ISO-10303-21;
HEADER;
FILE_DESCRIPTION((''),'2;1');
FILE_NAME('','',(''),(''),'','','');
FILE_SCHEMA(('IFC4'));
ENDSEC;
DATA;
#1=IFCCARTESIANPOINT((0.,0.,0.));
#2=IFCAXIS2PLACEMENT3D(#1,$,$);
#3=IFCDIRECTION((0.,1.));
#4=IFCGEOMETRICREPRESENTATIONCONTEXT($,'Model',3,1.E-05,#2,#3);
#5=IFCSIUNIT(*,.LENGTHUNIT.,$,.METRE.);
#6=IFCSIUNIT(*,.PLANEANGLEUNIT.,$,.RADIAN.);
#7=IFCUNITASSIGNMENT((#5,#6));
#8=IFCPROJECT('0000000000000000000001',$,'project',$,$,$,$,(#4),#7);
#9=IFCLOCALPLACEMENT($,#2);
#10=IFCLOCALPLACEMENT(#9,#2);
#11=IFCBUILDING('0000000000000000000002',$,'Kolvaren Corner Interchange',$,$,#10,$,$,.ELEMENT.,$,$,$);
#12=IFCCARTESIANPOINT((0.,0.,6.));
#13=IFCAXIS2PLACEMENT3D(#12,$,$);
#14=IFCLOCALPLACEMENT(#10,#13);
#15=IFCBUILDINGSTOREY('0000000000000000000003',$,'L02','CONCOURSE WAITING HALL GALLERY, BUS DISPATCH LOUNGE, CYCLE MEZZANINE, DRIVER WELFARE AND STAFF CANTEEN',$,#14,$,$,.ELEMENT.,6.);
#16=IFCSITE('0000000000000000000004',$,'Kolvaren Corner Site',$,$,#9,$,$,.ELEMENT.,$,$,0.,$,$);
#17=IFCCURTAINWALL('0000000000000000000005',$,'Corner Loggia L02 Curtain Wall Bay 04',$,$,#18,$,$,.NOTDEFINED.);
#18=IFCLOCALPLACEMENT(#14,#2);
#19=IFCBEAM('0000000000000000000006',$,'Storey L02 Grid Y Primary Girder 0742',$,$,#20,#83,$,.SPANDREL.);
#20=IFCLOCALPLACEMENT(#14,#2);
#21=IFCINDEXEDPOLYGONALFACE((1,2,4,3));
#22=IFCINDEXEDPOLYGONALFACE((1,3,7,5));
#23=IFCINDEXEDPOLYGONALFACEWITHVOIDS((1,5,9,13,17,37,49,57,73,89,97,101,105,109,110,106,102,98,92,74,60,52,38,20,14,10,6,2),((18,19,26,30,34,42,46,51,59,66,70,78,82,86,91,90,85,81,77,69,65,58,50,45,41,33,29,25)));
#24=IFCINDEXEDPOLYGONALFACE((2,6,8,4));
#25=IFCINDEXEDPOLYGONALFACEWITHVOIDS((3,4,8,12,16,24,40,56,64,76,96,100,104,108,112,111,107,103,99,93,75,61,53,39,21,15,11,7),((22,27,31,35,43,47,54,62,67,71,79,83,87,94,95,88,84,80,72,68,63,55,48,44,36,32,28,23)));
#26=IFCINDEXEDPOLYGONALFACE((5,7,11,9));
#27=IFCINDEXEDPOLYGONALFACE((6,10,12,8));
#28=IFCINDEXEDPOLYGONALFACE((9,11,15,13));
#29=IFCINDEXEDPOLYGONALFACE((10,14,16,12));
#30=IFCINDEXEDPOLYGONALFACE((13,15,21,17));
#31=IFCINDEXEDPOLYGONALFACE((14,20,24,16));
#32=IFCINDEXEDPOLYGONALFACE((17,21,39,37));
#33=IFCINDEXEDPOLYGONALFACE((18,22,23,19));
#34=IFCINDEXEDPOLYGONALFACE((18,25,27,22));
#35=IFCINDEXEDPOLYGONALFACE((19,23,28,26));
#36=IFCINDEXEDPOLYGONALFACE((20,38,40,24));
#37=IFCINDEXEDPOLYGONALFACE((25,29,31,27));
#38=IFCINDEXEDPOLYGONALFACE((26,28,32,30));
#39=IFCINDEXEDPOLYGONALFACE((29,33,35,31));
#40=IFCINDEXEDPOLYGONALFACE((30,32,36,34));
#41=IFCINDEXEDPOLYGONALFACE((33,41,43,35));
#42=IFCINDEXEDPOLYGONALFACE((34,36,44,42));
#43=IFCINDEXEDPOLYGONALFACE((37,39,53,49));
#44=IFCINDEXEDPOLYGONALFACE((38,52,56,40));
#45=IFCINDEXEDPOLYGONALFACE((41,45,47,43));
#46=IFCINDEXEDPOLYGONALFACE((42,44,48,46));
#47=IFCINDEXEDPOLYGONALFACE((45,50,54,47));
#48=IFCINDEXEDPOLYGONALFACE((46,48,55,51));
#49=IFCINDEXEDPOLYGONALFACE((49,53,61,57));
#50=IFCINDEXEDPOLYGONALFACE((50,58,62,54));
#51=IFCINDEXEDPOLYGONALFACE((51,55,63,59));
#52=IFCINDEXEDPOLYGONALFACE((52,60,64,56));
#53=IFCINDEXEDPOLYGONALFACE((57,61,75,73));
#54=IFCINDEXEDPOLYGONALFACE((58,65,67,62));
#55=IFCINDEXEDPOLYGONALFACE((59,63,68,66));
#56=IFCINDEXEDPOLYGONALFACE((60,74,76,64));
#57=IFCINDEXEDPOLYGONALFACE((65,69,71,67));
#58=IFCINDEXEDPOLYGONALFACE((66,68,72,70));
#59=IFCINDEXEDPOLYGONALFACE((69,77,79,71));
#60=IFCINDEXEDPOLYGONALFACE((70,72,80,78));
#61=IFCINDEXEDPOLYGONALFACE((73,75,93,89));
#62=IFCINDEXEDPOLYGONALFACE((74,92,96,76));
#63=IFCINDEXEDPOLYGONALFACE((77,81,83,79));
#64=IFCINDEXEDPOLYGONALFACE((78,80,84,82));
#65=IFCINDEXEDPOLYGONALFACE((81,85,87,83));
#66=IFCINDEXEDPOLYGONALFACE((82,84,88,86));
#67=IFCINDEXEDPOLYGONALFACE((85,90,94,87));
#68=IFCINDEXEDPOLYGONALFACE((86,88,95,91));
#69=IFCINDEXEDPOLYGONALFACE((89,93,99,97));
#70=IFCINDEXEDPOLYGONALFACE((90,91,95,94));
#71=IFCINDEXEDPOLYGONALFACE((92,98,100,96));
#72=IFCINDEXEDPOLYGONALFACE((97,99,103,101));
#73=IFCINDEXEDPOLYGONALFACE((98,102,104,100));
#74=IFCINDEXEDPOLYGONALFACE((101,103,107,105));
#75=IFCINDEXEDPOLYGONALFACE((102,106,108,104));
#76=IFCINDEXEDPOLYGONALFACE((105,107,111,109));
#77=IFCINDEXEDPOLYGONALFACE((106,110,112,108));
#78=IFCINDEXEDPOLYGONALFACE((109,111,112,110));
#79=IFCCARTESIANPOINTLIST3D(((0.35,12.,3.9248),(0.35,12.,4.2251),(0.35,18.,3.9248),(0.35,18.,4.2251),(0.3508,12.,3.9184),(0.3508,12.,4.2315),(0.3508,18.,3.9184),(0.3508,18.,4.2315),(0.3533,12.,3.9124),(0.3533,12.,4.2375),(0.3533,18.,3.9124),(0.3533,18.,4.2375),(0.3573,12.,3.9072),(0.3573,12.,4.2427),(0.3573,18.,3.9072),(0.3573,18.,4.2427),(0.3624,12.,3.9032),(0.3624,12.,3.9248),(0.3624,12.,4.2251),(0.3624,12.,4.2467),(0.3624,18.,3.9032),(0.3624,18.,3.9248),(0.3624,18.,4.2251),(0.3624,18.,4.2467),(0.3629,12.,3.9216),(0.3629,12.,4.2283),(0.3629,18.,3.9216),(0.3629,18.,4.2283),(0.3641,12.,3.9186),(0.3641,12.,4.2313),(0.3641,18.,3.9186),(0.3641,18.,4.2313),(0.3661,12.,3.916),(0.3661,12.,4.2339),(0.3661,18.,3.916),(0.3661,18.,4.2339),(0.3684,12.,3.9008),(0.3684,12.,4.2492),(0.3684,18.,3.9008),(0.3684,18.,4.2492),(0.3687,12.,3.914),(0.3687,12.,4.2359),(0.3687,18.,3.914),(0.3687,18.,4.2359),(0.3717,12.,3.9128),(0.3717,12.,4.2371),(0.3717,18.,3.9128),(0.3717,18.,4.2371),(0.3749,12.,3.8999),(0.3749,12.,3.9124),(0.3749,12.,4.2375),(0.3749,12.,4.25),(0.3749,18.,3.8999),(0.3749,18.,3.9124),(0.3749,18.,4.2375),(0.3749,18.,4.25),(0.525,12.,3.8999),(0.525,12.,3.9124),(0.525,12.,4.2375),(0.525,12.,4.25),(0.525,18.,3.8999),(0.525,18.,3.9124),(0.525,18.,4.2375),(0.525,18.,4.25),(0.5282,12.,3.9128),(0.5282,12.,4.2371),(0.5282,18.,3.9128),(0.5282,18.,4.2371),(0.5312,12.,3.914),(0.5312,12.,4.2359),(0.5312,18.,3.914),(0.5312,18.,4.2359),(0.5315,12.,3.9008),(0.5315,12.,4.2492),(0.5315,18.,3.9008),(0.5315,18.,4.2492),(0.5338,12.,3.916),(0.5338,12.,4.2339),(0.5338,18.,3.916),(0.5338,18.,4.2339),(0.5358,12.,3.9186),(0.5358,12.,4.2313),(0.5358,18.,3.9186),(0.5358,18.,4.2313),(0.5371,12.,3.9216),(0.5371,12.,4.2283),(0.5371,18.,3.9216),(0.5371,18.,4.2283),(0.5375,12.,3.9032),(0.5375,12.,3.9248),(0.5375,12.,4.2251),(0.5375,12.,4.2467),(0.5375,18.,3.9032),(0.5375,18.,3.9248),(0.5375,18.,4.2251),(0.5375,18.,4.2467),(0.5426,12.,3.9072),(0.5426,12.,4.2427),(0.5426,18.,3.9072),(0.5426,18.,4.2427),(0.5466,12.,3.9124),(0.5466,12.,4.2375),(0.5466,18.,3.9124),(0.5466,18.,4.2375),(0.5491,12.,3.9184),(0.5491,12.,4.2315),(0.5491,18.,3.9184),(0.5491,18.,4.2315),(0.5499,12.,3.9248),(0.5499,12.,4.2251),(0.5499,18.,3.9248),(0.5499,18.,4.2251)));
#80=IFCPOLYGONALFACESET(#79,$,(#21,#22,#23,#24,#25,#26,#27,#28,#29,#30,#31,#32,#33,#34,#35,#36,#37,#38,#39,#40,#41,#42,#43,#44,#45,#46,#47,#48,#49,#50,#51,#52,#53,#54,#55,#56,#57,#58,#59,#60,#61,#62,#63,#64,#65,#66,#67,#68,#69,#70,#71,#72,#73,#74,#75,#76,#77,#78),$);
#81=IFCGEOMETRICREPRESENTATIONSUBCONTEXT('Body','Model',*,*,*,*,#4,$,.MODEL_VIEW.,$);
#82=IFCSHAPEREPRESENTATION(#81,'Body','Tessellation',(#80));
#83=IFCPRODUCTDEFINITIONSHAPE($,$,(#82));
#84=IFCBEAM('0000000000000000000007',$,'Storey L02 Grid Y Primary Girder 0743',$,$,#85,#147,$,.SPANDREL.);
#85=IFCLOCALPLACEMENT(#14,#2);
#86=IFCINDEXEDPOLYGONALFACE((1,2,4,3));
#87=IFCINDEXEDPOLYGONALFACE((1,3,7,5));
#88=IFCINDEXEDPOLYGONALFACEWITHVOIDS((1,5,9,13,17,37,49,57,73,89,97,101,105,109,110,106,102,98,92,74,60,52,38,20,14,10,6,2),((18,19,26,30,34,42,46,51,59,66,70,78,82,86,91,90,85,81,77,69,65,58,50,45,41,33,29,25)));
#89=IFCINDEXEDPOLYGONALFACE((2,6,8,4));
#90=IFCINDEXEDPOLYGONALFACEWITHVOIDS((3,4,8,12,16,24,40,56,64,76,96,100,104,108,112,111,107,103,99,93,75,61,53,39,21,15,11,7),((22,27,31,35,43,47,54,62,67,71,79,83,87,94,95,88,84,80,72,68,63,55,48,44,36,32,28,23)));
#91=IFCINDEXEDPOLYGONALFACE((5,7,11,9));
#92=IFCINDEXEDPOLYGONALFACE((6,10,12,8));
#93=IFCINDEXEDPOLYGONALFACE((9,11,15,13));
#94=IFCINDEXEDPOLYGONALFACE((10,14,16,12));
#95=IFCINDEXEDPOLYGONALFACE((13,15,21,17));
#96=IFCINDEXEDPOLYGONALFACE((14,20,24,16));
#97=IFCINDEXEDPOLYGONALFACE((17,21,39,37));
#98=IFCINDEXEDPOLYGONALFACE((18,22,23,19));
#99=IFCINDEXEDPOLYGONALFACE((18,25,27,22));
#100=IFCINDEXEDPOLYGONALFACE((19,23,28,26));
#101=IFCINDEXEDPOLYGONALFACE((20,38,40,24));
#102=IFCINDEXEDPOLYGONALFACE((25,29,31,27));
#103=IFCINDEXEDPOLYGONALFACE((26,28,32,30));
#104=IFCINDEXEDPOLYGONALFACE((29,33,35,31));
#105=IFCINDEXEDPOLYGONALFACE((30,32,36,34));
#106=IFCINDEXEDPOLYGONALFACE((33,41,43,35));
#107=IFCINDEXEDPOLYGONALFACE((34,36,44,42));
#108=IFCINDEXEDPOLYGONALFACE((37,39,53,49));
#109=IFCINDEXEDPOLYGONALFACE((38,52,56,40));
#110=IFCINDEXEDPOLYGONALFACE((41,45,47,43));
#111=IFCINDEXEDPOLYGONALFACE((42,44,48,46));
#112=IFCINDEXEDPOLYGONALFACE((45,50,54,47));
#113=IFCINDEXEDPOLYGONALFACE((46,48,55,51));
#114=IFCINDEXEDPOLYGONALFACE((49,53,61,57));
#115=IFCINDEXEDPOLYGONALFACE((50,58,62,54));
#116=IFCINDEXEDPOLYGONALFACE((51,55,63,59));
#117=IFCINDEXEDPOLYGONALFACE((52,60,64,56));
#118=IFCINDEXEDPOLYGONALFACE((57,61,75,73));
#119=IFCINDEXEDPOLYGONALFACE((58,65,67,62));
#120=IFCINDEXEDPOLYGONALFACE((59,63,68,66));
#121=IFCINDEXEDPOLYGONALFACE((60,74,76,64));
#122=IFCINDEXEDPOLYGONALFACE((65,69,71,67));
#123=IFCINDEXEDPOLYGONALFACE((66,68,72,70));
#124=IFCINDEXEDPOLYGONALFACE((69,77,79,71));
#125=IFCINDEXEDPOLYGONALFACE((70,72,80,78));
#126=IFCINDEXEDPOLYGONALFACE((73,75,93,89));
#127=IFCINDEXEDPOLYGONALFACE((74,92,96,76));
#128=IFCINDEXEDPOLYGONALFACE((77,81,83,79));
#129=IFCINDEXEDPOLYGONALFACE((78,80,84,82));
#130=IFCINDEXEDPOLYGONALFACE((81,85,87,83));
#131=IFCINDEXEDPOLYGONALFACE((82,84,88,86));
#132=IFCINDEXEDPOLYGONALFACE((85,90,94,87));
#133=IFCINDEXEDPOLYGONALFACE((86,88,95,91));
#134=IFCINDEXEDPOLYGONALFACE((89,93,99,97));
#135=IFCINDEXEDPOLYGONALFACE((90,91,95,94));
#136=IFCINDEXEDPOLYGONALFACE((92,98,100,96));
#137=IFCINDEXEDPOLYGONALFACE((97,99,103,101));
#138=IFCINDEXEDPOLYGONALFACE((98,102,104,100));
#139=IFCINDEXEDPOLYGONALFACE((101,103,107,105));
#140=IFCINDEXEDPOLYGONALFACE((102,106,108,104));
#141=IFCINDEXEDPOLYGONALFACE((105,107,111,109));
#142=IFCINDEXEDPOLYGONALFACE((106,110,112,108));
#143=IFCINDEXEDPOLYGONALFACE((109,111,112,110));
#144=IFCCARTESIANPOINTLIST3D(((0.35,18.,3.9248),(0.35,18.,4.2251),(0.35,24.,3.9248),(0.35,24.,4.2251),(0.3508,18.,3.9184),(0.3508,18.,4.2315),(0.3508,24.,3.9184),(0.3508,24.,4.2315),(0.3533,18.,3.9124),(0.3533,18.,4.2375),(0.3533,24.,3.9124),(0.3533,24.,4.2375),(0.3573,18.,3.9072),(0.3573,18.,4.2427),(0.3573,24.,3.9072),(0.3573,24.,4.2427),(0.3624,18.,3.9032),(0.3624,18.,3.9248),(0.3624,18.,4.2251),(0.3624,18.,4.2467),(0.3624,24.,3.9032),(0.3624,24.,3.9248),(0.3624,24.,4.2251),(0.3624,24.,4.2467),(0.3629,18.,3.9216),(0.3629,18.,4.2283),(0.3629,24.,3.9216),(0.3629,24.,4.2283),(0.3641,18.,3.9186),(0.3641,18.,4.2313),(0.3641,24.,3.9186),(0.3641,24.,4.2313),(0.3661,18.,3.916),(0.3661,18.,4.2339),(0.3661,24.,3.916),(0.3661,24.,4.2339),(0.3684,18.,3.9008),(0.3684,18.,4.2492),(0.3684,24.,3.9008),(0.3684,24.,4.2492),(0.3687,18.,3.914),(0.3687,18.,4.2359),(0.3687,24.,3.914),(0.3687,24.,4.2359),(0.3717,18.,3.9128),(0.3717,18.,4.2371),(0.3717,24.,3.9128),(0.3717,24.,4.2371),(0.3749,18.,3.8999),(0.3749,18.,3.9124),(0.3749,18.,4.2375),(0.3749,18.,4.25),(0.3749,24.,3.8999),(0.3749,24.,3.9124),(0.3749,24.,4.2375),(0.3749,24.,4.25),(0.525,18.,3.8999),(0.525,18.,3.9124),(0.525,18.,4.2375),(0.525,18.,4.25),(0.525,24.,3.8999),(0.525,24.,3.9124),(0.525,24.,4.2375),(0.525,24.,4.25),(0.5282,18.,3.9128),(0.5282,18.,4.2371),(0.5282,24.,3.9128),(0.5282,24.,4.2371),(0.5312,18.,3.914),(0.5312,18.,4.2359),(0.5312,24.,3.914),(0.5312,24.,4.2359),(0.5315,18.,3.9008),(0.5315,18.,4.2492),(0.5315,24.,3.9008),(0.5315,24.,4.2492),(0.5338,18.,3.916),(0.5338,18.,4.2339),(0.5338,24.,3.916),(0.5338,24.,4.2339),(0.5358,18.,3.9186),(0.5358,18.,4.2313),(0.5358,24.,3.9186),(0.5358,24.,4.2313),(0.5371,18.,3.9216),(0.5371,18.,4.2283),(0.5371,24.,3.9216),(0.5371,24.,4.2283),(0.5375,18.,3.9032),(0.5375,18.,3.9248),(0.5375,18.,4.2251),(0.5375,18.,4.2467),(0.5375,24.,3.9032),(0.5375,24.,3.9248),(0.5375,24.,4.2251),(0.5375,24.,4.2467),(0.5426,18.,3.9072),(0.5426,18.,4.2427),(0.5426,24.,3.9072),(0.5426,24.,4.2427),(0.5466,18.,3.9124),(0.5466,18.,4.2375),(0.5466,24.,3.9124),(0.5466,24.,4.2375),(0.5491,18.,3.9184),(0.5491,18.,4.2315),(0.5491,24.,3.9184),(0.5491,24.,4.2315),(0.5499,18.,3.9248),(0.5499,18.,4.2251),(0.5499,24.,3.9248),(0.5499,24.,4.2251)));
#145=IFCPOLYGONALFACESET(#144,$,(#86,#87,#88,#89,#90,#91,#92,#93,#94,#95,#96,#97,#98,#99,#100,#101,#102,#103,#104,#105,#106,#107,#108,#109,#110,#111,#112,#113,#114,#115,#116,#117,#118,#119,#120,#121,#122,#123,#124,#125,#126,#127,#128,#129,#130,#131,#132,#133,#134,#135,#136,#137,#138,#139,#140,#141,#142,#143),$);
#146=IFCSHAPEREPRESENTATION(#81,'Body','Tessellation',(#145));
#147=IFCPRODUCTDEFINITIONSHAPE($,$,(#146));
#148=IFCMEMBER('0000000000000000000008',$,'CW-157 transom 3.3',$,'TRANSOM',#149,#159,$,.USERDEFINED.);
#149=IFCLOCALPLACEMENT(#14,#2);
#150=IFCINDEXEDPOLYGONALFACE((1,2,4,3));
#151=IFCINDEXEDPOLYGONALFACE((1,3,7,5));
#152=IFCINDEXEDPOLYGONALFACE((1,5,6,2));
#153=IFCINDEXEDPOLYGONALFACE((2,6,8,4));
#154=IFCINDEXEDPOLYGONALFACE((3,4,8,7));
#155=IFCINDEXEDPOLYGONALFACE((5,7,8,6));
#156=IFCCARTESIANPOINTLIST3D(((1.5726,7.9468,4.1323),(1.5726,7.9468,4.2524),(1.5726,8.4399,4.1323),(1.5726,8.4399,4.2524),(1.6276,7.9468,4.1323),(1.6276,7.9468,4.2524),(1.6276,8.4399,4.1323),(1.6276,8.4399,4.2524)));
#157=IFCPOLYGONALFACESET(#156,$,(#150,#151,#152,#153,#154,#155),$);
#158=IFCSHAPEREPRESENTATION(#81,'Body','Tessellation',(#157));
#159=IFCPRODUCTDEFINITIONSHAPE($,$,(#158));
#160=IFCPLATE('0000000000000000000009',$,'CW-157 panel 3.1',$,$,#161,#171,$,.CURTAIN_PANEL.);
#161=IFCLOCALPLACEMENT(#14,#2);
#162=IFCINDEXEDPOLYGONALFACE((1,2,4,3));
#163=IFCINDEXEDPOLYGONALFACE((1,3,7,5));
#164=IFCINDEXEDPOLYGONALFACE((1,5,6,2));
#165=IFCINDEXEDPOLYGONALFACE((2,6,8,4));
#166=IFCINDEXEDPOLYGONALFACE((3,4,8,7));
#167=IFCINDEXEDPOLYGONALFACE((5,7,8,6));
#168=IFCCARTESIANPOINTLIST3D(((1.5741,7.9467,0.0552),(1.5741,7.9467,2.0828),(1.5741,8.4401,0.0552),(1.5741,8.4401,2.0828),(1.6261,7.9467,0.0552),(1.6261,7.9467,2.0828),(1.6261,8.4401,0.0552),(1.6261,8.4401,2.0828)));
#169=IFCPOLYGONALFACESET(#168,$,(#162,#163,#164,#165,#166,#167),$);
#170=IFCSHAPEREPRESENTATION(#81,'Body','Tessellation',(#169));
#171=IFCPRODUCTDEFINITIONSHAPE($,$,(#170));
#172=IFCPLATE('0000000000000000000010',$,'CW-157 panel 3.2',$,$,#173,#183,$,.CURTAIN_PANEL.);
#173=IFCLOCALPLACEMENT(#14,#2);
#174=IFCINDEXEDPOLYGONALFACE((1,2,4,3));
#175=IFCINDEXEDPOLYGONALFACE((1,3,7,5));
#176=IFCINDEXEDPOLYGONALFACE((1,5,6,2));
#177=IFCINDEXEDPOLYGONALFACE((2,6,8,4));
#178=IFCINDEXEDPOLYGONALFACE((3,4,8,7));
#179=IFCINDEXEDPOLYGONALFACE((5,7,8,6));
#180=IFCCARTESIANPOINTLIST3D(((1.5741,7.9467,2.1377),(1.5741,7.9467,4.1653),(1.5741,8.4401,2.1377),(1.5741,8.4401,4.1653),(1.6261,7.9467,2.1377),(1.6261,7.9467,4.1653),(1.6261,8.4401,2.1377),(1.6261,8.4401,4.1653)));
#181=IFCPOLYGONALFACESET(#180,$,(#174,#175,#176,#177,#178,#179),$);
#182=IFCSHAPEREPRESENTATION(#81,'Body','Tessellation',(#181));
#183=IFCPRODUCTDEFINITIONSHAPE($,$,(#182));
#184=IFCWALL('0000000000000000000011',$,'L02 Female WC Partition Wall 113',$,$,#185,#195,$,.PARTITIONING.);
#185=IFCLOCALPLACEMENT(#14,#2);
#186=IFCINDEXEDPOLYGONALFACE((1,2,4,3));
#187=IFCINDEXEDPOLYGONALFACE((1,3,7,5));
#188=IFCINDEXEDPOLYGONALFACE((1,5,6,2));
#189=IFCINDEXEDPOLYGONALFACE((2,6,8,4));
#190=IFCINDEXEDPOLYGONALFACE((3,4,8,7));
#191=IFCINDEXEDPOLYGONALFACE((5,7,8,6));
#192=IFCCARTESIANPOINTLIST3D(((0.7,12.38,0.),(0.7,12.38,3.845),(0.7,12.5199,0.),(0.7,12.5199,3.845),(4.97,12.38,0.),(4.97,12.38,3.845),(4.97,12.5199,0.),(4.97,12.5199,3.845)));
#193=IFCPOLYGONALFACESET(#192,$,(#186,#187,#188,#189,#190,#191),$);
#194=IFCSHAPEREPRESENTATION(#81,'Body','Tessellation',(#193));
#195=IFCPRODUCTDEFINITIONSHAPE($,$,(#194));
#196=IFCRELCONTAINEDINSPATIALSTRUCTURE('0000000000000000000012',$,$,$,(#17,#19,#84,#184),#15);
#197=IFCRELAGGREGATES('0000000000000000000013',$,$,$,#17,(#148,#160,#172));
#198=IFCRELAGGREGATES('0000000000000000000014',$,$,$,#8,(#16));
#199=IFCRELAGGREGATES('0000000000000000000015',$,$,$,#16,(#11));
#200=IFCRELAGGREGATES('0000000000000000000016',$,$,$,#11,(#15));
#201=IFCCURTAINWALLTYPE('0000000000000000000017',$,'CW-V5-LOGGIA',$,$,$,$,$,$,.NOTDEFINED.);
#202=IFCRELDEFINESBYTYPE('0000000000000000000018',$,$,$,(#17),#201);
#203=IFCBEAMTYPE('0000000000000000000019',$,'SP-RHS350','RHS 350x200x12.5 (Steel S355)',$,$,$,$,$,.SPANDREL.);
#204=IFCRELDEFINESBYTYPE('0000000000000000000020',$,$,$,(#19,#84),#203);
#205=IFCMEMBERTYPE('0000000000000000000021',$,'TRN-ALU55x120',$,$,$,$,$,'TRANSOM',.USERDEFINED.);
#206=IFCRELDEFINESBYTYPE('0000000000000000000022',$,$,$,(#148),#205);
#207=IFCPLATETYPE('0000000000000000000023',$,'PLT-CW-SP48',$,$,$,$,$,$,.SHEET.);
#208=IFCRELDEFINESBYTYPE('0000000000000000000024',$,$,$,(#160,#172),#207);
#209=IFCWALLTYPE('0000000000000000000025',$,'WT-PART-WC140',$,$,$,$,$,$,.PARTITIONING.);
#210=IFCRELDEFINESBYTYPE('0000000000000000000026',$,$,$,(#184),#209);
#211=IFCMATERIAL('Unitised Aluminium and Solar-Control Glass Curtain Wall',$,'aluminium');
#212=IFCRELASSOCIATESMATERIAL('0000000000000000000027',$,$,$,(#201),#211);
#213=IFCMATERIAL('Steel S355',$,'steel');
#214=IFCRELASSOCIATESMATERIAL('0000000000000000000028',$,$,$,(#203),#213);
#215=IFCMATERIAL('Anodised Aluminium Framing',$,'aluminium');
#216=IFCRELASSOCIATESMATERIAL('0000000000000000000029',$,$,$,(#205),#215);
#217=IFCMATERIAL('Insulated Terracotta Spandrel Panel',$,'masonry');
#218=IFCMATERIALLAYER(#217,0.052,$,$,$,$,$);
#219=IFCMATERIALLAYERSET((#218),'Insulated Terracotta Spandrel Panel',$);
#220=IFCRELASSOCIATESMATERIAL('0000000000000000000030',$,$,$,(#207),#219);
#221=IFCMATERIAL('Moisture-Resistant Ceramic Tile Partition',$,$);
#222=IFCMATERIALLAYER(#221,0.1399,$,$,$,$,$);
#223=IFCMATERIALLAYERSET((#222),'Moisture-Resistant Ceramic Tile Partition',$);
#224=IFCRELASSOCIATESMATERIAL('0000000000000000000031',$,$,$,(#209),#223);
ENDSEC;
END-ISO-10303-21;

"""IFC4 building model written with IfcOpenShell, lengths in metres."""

from ifc_helpers import new_model, si_unit, direction, frame, frame_2d, origin, origin_2d, place, context, subcontext, project, spatial, rectangle, hollow_rectangle, extrude, material, layer, layer_set, material_profile, profile_set, type_object, element, aggregate, save


model = new_model("IFC4")

# Units and contexts
model_context = context("Model", 3, precision=1e-05, world=origin(), true_north=direction((0.0, 1.0)))
body_context = subcontext(model_context, "Body", "Model", "MODEL_VIEW")
ifc_project = project(units=[si_unit("LENGTHUNIT", "METRE"), si_unit("PLANEANGLEUNIT", "RADIAN")], contexts=[model_context])

# Site, building, storey
site_placement = place(None, origin())
site = spatial("IfcSite", under=ifc_project, at=site_placement, Name="Kolvaren Corner Site", CompositionType="ELEMENT", RefElevation=0.0)
building_placement = place(site_placement, origin())
building = spatial("IfcBuilding", under=site, at=building_placement, Name="Kolvaren Corner Interchange", CompositionType="ELEMENT")
storey_placement = place(building_placement, frame((0.0, 0.0, 6.0)))
storey = spatial("IfcBuildingStorey", under=building, at=storey_placement, Name="L02", Description="CONCOURSE WAITING HALL GALLERY, BUS DISPATCH LOUNGE, CYCLE MEZZANINE, DRIVER WELFARE AND STAFF CANTEEN", CompositionType="ELEMENT", Elevation=6.0)

# Curtain wall
ifc_material_1 = material(Name="Unitised Aluminium and Solar-Control Glass Curtain Wall", Category="aluminium")
curtain_wall_type = type_object("IfcCurtainWallType", Name="CW-V5-LOGGIA", PredefinedType="NOTDEFINED", material=ifc_material_1)
curtain_wall_placement = place(storey_placement, origin())
curtain_wall = element("IfcCurtainWall", 1, at=curtain_wall_placement, inside=storey, type_object=curtain_wall_type, Name="Corner Loggia L02 Curtain Wall Bay 04", PredefinedType="NOTDEFINED")

# Beams
ifc_material_2 = material(Name="Steel S355", Category="steel")
ifc_material_profile_1 = material_profile(ifc_material_2, hollow_rectangle(XDim=0.2, YDim=0.3501, WallThickness=0.0125, InnerFilletRadius=0.0125, OuterFilletRadius=0.0249, at=origin_2d()), Name="RHS 350x200x12.5")
ifc_profile_set_1 = profile_set([ifc_material_profile_1], Name="Steel S355")
beam_type_1 = type_object("IfcBeamType", Name="SP-RHS350", Description="RHS 350x200x12.5 (Steel S355)", PredefinedType="SPANDREL", material=ifc_profile_set_1)
for number, where, z_axis, x_axis, name in (
    (2, (0.45, 12.0, 4.075), (0.0, 1.0, 0.0), (-1.0, 0.0, 0.0), "Storey L02 Grid Y Primary Girder 0742"),
    (3, (0.45, 18.0, 4.075), (0.0, 1.0, 0.0), (-1.0, 0.0, 0.0), "Storey L02 Grid Y Primary Girder 0743"),
):
    element("IfcBeam", number, at=place(storey_placement, frame(where, z_axis=z_axis, x_axis=x_axis)), inside=storey, type_object=beam_type_1, Name=name, PredefinedType="SPANDREL", context=body_context, shape_type="SweptSolid", body=[
        extrude(hollow_rectangle(XDim=0.2, YDim=0.3501, WallThickness=0.0125, InnerFilletRadius=0.0125, OuterFilletRadius=0.0249, at=origin_2d()), origin(), (0.0, 0.0, 1.0), 6.0),
    ])

# Member
ifc_material_3 = material(Name="Anodised Aluminium Framing", Category="aluminium")
ifc_material_profile_2 = material_profile(ifc_material_3, rectangle(XDim=0.0549, YDim=0.1201, at=origin_2d()), Name="ALU 55x120")
ifc_profile_set_2 = profile_set([ifc_material_profile_2], Name="Anodised Aluminium Framing")
member_type_1 = type_object("IfcMemberType", Name="TRN-ALU55x120", ElementType="TRANSOM", PredefinedType="USERDEFINED", material=ifc_profile_set_2)
member_1_placement = place(storey_placement, frame((1.6001, 7.9468, 4.1924), z_axis=(0.0, 1.0, 0.0), x_axis=(-1.0, 0.0, 0.0)))
member_1 = element("IfcMember", 4, at=member_1_placement, type_object=member_type_1, Name="CW-157 transom 3.3", ObjectType="TRANSOM", PredefinedType="USERDEFINED", context=body_context, shape_type="SweptSolid", body=[
    extrude(rectangle(XDim=0.0549, YDim=0.1201, at=origin_2d()), origin(), (0.0, 0.0, 1.0), 0.4932),
])

# Plates
ifc_material_4 = material(Name="Insulated Terracotta Spandrel Panel", Category="masonry")
ifc_layer_1 = layer(ifc_material_4, 0.052)
ifc_layer_set_1 = layer_set([ifc_layer_1], Name="Insulated Terracotta Spandrel Panel")
plate_type = type_object("IfcPlateType", Name="PLT-CW-SP48", PredefinedType="SHEET", material=ifc_layer_set_1)
plate_1_placement = place(storey_placement, frame((1.6001, 8.1934, 0.0552), z_axis=(0.0, 0.0, 1.0), x_axis=(0.0, 1.0, 0.0)))
plate_1 = element("IfcPlate", 5, at=plate_1_placement, type_object=plate_type, Name="CW-157 panel 3.1", PredefinedType="CURTAIN_PANEL", context=body_context, shape_type="SweptSolid", body=[
    extrude(rectangle(XDim=0.4934, YDim=0.052, at=origin_2d()), origin(), (0.0, 0.0, 1.0), 2.0276),
])
plate_2_placement = place(storey_placement, frame((1.6001, 8.1934, 2.1377), z_axis=(0.0, 0.0, 1.0), x_axis=(0.0, 1.0, 0.0)))
plate_2 = element("IfcPlate", 6, at=plate_2_placement, type_object=plate_type, Name="CW-157 panel 3.2", PredefinedType="CURTAIN_PANEL", context=body_context, shape_type="SweptSolid", body=[
    extrude(rectangle(XDim=0.4934, YDim=0.052, at=origin_2d()), origin(), (0.0, 0.0, 1.0), 2.0276),
])
aggregate(curtain_wall, [member_1, plate_1, plate_2])

# Wall
ifc_material_5 = material(Name="Moisture-Resistant Ceramic Tile Partition")
ifc_layer_2 = layer(ifc_material_5, 0.1399)
ifc_layer_set_2 = layer_set([ifc_layer_2], Name="Moisture-Resistant Ceramic Tile Partition")
wall_type = type_object("IfcWallType", Name="WT-PART-WC140", PredefinedType="PARTITIONING", material=ifc_layer_set_2)
wall_1_placement = place(storey_placement, frame((0.7, 12.45, 0.0), z_axis=(0.0, 0.0, 1.0), x_axis=(1.0, 0.0, 0.0)))
element("IfcWall", 7, at=wall_1_placement, inside=storey, type_object=wall_type, Name="L02 Female WC Partition Wall 113", PredefinedType="PARTITIONING", context=body_context, shape_type="SweptSolid", body=[
    extrude(rectangle(XDim=4.27, YDim=0.1399, at=frame_2d((2.135, 0.0))), origin(), (0.0, 0.0, 1.0), 3.845),
])

save(model, "model.ifc")
